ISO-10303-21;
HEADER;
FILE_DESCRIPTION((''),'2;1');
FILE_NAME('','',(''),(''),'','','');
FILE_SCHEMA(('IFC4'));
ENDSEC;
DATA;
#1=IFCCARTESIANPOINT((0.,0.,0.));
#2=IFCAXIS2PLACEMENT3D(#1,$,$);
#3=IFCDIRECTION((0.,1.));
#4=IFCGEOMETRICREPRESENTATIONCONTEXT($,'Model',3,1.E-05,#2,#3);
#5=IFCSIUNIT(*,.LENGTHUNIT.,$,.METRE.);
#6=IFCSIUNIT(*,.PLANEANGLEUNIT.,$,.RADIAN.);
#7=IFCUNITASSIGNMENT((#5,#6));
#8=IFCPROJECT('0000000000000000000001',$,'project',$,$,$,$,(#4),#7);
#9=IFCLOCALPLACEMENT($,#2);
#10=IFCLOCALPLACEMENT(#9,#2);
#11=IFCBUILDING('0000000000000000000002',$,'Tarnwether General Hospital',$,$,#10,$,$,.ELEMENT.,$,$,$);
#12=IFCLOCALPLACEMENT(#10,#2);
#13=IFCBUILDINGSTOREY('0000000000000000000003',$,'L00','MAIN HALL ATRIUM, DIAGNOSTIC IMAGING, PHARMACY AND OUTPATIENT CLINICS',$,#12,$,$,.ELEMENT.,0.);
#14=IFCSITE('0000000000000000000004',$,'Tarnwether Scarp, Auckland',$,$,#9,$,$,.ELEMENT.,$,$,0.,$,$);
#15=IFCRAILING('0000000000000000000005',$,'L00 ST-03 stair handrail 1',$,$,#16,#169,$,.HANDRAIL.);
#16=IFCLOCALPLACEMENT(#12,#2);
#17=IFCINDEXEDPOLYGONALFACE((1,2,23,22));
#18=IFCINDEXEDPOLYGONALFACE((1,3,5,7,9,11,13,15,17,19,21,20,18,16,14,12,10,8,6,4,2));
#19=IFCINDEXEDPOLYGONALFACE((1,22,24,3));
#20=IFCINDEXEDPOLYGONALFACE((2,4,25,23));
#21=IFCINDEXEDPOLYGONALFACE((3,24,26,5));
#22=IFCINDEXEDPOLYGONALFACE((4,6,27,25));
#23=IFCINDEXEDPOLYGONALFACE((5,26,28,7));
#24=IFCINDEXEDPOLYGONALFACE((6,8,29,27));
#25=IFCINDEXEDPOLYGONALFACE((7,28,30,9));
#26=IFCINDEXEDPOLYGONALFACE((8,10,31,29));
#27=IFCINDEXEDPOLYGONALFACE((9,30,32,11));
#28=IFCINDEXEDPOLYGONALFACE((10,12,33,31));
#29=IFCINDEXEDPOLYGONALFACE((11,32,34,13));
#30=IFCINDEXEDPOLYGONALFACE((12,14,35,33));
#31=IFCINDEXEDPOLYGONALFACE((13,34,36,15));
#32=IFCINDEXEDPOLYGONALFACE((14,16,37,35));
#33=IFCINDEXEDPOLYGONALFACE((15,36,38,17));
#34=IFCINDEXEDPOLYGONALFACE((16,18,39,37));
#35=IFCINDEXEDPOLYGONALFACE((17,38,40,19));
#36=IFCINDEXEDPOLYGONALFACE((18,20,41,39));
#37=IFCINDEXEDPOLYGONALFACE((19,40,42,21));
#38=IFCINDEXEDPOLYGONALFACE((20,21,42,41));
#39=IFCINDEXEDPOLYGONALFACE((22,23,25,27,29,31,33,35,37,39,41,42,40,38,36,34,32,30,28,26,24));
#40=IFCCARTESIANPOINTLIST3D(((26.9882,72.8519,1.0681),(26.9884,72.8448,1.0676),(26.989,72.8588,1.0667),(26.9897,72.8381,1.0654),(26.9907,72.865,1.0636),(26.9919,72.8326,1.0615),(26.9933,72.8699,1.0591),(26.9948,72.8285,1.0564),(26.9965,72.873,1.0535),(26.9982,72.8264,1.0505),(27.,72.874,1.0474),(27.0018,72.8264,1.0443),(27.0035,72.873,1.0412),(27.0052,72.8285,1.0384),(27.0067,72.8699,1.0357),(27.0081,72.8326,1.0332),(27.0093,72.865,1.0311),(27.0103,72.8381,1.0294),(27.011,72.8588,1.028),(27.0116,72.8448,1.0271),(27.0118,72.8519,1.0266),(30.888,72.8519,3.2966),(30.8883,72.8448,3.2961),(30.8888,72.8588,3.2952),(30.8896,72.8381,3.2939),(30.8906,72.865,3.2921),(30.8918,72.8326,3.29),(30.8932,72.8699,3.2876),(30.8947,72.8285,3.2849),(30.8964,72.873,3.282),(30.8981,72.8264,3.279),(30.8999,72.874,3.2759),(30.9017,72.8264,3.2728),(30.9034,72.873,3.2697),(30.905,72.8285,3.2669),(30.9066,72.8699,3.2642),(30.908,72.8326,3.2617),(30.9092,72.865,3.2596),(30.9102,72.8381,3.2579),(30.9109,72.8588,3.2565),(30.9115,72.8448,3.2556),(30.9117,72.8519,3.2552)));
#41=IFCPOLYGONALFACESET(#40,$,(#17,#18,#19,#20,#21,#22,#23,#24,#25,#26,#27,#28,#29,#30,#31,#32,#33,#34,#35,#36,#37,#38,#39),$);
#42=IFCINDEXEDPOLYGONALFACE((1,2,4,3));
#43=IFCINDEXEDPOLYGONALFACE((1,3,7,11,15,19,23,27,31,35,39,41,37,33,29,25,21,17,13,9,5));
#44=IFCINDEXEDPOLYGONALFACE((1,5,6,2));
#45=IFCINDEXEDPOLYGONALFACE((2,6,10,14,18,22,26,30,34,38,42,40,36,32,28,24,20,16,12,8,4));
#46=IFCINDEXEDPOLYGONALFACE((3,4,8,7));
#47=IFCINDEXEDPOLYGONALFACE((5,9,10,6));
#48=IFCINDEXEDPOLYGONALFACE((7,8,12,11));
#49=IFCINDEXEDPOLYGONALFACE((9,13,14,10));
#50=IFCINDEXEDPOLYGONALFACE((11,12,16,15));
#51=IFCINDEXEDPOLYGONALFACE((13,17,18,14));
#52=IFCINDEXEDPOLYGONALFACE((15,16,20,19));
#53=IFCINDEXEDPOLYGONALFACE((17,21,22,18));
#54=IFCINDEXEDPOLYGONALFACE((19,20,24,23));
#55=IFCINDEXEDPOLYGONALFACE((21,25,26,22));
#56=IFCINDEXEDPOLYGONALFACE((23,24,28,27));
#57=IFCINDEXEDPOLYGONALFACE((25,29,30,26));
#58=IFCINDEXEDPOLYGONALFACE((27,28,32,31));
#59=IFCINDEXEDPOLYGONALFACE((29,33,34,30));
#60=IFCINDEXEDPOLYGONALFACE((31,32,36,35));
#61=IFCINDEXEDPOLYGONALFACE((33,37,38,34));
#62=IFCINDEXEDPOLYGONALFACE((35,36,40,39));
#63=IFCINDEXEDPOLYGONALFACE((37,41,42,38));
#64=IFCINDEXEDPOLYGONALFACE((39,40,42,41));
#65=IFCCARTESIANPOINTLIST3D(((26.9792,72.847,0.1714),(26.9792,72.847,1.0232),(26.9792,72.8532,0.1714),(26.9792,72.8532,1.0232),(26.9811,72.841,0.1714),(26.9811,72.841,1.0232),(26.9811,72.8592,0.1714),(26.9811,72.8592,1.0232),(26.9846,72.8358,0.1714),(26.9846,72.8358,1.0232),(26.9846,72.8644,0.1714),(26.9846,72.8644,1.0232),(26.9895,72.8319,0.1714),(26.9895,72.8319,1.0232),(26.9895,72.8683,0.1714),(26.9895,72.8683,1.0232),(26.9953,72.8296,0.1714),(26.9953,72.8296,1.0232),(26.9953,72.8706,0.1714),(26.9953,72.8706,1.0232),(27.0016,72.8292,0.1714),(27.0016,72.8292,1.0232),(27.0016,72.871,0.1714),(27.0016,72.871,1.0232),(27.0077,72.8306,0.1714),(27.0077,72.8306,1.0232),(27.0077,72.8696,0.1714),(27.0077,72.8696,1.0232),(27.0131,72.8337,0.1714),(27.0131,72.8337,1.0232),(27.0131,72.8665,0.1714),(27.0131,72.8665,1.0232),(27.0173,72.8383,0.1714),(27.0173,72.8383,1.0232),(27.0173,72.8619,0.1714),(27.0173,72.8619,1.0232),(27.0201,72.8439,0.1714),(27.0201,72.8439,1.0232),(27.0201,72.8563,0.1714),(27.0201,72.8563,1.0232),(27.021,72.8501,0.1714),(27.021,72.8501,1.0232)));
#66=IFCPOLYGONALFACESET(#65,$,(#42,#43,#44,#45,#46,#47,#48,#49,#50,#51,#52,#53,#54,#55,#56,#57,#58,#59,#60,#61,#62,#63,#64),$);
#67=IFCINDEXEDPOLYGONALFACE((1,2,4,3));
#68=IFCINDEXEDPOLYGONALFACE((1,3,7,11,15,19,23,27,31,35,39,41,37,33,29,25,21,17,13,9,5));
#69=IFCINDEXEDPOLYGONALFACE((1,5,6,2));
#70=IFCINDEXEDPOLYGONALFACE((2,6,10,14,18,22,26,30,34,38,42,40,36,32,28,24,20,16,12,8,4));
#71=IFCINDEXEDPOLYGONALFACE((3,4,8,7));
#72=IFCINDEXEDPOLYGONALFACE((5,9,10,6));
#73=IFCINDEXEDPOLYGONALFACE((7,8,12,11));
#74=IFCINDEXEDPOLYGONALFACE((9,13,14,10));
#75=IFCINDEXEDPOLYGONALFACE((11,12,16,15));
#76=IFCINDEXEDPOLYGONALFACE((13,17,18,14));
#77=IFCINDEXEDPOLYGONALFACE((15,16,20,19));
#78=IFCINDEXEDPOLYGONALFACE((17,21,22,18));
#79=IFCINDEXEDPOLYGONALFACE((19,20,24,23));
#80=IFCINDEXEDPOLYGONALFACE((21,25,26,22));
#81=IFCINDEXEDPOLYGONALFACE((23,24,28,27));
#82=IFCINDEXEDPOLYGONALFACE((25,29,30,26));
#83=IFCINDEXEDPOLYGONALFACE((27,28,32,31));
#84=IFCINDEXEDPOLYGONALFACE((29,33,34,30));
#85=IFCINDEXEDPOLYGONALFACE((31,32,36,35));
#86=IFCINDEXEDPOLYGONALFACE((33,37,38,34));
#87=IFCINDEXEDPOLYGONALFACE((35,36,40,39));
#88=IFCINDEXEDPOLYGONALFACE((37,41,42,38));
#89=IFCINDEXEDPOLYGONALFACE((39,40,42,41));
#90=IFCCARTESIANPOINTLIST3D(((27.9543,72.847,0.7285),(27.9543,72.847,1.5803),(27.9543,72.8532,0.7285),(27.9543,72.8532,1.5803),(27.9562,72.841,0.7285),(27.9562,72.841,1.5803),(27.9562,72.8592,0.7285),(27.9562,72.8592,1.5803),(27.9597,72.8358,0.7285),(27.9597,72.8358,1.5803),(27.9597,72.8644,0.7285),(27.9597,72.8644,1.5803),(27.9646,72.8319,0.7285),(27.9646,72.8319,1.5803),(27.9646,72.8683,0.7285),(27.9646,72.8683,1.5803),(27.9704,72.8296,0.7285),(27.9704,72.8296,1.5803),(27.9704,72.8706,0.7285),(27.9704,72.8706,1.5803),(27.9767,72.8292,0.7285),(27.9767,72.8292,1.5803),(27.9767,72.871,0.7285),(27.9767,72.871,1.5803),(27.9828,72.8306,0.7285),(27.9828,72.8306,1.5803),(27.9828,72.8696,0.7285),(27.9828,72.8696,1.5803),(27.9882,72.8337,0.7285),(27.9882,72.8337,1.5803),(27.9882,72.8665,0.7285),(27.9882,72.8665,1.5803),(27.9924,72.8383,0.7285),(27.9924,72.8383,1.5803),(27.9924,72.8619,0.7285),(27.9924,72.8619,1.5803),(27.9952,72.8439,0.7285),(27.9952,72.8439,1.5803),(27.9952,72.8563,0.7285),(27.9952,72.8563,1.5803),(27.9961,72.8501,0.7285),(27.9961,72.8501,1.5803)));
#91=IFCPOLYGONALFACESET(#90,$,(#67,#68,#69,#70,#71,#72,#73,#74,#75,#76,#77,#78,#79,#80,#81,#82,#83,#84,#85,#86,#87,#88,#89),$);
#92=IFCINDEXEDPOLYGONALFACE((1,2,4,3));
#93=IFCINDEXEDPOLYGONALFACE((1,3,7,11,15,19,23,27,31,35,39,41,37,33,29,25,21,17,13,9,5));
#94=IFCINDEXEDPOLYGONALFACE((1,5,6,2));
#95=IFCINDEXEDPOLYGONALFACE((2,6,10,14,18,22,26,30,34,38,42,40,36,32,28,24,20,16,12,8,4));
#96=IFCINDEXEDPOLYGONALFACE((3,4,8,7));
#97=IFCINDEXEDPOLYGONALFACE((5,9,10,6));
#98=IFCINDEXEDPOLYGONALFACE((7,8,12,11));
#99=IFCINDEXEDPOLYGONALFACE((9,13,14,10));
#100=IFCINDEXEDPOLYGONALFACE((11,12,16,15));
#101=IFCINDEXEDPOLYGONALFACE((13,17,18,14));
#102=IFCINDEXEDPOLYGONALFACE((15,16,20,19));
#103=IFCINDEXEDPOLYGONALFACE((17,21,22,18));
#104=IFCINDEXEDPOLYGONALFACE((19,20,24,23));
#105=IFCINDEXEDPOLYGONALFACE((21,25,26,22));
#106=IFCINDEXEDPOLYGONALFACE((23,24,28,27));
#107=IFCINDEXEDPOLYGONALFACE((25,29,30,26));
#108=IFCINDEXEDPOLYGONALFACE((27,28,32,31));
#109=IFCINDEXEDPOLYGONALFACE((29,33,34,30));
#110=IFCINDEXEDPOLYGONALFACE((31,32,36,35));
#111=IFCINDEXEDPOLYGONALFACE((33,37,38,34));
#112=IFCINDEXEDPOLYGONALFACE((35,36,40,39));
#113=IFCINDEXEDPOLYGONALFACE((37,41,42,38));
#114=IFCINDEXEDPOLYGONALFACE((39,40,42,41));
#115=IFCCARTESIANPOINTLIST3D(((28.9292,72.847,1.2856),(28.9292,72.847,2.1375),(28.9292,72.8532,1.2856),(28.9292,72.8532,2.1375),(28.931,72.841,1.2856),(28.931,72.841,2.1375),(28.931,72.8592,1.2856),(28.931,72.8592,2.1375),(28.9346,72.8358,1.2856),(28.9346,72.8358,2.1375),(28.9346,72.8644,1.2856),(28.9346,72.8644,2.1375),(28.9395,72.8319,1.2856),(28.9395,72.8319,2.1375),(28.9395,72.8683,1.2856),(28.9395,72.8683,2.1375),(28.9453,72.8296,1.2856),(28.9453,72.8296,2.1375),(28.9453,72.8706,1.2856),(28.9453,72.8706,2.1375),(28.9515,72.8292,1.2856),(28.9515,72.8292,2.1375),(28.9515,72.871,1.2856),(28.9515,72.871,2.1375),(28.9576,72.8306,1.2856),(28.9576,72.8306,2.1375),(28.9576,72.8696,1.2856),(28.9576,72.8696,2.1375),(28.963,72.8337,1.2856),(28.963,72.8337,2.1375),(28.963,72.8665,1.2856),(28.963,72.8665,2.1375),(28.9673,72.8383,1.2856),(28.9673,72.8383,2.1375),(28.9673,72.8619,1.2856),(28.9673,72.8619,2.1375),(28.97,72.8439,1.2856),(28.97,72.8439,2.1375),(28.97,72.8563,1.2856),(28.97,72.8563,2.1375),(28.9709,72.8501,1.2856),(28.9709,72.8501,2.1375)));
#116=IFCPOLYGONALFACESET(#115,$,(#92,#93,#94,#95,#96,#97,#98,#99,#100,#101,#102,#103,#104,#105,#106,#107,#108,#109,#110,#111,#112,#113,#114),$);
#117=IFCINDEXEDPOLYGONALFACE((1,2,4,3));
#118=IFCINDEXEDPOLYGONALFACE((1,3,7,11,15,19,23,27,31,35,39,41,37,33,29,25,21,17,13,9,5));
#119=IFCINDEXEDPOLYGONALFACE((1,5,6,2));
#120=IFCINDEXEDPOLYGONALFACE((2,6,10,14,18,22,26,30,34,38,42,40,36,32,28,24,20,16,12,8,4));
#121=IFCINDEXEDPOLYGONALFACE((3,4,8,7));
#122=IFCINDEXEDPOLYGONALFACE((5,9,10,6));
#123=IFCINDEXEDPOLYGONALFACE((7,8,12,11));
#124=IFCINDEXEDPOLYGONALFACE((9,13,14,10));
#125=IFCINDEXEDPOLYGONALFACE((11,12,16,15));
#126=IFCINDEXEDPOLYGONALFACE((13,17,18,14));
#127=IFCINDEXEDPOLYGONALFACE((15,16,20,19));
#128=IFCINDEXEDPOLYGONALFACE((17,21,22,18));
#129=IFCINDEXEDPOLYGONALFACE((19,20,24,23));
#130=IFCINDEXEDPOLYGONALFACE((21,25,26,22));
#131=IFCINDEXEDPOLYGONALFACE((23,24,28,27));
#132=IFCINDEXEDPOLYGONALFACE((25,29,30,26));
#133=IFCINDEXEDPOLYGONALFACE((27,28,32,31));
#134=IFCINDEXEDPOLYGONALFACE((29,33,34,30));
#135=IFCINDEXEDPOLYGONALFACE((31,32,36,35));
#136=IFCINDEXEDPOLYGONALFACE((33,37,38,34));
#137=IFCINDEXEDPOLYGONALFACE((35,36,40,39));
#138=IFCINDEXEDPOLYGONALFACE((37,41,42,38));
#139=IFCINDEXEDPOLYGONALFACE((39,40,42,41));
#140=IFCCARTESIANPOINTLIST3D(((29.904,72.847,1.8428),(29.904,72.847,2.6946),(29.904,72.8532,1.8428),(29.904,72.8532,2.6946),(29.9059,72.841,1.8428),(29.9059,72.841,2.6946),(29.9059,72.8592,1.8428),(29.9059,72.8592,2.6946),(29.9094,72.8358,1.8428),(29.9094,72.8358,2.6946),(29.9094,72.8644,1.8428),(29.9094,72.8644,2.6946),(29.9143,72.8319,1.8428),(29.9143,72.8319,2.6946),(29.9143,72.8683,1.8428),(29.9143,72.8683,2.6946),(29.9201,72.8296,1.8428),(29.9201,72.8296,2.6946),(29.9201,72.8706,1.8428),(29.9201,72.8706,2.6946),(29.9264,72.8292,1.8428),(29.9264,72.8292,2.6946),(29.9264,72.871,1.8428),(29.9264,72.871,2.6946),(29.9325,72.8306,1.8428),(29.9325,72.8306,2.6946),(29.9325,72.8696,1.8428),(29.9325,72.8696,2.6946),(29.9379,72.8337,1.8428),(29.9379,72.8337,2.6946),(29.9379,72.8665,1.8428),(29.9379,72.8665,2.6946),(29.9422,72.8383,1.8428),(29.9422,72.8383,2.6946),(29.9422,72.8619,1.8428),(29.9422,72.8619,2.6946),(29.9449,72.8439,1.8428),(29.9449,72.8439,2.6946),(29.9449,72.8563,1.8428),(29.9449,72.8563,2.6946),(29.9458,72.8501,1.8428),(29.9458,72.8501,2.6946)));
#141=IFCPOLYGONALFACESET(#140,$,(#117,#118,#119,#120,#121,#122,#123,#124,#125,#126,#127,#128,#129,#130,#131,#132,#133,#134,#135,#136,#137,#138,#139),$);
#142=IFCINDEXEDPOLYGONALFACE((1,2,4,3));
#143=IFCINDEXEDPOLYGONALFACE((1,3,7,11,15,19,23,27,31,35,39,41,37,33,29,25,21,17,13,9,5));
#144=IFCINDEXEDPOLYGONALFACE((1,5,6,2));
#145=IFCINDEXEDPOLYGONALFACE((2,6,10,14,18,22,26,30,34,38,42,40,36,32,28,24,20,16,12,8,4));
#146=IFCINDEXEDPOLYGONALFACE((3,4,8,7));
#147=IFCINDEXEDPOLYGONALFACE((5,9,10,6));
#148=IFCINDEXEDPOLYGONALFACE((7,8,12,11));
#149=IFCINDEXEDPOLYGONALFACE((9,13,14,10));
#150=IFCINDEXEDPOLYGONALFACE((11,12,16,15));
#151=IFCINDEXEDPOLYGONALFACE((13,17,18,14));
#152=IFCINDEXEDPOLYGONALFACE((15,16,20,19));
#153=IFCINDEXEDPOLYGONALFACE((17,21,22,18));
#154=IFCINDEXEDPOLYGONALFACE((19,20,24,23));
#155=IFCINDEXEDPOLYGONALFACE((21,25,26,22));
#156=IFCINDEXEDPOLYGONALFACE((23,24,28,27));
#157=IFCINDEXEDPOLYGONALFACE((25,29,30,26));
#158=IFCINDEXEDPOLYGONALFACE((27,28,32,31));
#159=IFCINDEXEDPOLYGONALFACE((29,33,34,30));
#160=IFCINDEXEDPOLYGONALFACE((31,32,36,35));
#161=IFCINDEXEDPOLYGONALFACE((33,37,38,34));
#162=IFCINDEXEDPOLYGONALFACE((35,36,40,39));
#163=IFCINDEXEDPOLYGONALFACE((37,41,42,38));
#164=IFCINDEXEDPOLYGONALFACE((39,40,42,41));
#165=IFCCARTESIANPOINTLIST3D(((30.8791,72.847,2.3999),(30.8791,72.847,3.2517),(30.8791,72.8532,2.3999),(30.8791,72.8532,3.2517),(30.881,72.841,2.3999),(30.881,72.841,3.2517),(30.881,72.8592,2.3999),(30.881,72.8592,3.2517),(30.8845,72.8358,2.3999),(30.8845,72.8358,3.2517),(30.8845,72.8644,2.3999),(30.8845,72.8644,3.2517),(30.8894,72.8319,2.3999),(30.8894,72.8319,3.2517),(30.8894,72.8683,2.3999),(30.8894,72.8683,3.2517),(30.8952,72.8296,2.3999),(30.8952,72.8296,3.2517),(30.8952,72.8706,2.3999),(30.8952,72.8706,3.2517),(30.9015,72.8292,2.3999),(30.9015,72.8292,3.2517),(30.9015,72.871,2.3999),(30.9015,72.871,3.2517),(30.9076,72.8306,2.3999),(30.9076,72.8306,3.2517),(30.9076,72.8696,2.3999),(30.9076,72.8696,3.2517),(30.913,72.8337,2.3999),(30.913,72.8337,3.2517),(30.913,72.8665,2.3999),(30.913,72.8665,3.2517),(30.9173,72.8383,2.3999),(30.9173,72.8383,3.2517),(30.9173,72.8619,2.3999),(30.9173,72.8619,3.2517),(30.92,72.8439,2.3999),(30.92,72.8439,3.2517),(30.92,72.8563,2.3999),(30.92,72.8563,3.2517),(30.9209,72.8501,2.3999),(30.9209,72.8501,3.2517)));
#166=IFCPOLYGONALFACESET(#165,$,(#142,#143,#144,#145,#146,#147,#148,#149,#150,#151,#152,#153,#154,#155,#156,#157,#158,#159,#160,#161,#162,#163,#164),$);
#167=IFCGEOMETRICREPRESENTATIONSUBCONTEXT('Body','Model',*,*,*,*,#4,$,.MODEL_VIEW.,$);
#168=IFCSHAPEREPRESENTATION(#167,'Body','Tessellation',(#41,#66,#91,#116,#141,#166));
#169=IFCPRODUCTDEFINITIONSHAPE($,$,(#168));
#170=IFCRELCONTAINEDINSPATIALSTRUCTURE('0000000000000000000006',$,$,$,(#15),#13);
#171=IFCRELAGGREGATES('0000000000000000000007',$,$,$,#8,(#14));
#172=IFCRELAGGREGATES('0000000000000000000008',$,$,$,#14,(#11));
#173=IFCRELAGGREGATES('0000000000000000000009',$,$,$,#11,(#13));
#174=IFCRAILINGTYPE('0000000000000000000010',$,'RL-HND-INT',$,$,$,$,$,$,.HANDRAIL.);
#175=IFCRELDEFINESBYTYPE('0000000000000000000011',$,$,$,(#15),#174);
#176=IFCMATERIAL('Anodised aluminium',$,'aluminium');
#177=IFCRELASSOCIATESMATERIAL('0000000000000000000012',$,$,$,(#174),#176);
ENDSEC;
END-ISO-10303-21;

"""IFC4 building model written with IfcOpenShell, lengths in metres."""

from ifc_helpers import new_model, si_unit, direction, frame, origin, origin_2d, place, context, subcontext, project, spatial, circle, extrude, material, type_object, element, save


model = new_model("IFC4")

# Units and contexts
model_context = context("Model", 3, precision=1e-05, world=origin(), true_north=direction((0.0, 1.0)))
body_context = subcontext(model_context, "Body", "Model", "MODEL_VIEW")
ifc_project = project(units=[si_unit("LENGTHUNIT", "METRE"), si_unit("PLANEANGLEUNIT", "RADIAN")], contexts=[model_context])

# Site, building, storey
site_placement = place(None, origin())
site = spatial("IfcSite", under=ifc_project, at=site_placement, Name="Tarnwether Scarp, Auckland", CompositionType="ELEMENT", RefElevation=0.0)
building_placement = place(site_placement, origin())
building = spatial("IfcBuilding", under=site, at=building_placement, Name="Tarnwether General Hospital", CompositionType="ELEMENT")
storey_placement = place(building_placement, origin())
storey = spatial("IfcBuildingStorey", under=building, at=storey_placement, Name="L00", Description="MAIN HALL ATRIUM, DIAGNOSTIC IMAGING, PHARMACY AND OUTPATIENT CLINICS", CompositionType="ELEMENT", Elevation=0.0)

# Railing
ifc_material_1 = material(Name="Anodised aluminium", Category="aluminium")
railing_type_1 = type_object("IfcRailingType", Name="RL-HND-INT", PredefinedType="HANDRAIL", material=ifc_material_1)
railing_1_placement = place(storey_placement, frame((27.0, 72.8501, 0.1714)))
element("IfcRailing", 1, at=railing_1_placement, inside=storey, type_object=railing_type_1, Name="L00 ST-03 stair handrail 1", PredefinedType="HANDRAIL", context=body_context, shape_type="SweptSolid", body=[
    extrude(circle(Radius=0.0239, at=origin_2d()), frame((0.0, 0.0, 0.876), z_axis=(0.868243, 0.0, 0.496139), x_axis=(0.0, 1.0, 0.0)), (0.0, 0.0, 1.0), 4.4917),
    extrude(circle(Radius=0.021, at=origin_2d()), origin(), (0.0, 0.0, 1.0), 0.8518),
    extrude(circle(Radius=0.021, at=origin_2d()), frame((0.9751, 0.0, 0.5571)), (0.0, 0.0, 1.0), 0.8518),
    extrude(circle(Radius=0.021, at=origin_2d()), frame((1.95, 0.0, 1.1143)), (0.0, 0.0, 1.0), 0.8518),
    extrude(circle(Radius=0.021, at=origin_2d()), frame((2.9248, 0.0, 1.6714)), (0.0, 0.0, 1.0), 0.8518),
    extrude(circle(Radius=0.021, at=origin_2d()), frame((3.8999, 0.0, 2.2285)), (0.0, 0.0, 1.0), 0.8518),
])

save(model, "model.ifc")
